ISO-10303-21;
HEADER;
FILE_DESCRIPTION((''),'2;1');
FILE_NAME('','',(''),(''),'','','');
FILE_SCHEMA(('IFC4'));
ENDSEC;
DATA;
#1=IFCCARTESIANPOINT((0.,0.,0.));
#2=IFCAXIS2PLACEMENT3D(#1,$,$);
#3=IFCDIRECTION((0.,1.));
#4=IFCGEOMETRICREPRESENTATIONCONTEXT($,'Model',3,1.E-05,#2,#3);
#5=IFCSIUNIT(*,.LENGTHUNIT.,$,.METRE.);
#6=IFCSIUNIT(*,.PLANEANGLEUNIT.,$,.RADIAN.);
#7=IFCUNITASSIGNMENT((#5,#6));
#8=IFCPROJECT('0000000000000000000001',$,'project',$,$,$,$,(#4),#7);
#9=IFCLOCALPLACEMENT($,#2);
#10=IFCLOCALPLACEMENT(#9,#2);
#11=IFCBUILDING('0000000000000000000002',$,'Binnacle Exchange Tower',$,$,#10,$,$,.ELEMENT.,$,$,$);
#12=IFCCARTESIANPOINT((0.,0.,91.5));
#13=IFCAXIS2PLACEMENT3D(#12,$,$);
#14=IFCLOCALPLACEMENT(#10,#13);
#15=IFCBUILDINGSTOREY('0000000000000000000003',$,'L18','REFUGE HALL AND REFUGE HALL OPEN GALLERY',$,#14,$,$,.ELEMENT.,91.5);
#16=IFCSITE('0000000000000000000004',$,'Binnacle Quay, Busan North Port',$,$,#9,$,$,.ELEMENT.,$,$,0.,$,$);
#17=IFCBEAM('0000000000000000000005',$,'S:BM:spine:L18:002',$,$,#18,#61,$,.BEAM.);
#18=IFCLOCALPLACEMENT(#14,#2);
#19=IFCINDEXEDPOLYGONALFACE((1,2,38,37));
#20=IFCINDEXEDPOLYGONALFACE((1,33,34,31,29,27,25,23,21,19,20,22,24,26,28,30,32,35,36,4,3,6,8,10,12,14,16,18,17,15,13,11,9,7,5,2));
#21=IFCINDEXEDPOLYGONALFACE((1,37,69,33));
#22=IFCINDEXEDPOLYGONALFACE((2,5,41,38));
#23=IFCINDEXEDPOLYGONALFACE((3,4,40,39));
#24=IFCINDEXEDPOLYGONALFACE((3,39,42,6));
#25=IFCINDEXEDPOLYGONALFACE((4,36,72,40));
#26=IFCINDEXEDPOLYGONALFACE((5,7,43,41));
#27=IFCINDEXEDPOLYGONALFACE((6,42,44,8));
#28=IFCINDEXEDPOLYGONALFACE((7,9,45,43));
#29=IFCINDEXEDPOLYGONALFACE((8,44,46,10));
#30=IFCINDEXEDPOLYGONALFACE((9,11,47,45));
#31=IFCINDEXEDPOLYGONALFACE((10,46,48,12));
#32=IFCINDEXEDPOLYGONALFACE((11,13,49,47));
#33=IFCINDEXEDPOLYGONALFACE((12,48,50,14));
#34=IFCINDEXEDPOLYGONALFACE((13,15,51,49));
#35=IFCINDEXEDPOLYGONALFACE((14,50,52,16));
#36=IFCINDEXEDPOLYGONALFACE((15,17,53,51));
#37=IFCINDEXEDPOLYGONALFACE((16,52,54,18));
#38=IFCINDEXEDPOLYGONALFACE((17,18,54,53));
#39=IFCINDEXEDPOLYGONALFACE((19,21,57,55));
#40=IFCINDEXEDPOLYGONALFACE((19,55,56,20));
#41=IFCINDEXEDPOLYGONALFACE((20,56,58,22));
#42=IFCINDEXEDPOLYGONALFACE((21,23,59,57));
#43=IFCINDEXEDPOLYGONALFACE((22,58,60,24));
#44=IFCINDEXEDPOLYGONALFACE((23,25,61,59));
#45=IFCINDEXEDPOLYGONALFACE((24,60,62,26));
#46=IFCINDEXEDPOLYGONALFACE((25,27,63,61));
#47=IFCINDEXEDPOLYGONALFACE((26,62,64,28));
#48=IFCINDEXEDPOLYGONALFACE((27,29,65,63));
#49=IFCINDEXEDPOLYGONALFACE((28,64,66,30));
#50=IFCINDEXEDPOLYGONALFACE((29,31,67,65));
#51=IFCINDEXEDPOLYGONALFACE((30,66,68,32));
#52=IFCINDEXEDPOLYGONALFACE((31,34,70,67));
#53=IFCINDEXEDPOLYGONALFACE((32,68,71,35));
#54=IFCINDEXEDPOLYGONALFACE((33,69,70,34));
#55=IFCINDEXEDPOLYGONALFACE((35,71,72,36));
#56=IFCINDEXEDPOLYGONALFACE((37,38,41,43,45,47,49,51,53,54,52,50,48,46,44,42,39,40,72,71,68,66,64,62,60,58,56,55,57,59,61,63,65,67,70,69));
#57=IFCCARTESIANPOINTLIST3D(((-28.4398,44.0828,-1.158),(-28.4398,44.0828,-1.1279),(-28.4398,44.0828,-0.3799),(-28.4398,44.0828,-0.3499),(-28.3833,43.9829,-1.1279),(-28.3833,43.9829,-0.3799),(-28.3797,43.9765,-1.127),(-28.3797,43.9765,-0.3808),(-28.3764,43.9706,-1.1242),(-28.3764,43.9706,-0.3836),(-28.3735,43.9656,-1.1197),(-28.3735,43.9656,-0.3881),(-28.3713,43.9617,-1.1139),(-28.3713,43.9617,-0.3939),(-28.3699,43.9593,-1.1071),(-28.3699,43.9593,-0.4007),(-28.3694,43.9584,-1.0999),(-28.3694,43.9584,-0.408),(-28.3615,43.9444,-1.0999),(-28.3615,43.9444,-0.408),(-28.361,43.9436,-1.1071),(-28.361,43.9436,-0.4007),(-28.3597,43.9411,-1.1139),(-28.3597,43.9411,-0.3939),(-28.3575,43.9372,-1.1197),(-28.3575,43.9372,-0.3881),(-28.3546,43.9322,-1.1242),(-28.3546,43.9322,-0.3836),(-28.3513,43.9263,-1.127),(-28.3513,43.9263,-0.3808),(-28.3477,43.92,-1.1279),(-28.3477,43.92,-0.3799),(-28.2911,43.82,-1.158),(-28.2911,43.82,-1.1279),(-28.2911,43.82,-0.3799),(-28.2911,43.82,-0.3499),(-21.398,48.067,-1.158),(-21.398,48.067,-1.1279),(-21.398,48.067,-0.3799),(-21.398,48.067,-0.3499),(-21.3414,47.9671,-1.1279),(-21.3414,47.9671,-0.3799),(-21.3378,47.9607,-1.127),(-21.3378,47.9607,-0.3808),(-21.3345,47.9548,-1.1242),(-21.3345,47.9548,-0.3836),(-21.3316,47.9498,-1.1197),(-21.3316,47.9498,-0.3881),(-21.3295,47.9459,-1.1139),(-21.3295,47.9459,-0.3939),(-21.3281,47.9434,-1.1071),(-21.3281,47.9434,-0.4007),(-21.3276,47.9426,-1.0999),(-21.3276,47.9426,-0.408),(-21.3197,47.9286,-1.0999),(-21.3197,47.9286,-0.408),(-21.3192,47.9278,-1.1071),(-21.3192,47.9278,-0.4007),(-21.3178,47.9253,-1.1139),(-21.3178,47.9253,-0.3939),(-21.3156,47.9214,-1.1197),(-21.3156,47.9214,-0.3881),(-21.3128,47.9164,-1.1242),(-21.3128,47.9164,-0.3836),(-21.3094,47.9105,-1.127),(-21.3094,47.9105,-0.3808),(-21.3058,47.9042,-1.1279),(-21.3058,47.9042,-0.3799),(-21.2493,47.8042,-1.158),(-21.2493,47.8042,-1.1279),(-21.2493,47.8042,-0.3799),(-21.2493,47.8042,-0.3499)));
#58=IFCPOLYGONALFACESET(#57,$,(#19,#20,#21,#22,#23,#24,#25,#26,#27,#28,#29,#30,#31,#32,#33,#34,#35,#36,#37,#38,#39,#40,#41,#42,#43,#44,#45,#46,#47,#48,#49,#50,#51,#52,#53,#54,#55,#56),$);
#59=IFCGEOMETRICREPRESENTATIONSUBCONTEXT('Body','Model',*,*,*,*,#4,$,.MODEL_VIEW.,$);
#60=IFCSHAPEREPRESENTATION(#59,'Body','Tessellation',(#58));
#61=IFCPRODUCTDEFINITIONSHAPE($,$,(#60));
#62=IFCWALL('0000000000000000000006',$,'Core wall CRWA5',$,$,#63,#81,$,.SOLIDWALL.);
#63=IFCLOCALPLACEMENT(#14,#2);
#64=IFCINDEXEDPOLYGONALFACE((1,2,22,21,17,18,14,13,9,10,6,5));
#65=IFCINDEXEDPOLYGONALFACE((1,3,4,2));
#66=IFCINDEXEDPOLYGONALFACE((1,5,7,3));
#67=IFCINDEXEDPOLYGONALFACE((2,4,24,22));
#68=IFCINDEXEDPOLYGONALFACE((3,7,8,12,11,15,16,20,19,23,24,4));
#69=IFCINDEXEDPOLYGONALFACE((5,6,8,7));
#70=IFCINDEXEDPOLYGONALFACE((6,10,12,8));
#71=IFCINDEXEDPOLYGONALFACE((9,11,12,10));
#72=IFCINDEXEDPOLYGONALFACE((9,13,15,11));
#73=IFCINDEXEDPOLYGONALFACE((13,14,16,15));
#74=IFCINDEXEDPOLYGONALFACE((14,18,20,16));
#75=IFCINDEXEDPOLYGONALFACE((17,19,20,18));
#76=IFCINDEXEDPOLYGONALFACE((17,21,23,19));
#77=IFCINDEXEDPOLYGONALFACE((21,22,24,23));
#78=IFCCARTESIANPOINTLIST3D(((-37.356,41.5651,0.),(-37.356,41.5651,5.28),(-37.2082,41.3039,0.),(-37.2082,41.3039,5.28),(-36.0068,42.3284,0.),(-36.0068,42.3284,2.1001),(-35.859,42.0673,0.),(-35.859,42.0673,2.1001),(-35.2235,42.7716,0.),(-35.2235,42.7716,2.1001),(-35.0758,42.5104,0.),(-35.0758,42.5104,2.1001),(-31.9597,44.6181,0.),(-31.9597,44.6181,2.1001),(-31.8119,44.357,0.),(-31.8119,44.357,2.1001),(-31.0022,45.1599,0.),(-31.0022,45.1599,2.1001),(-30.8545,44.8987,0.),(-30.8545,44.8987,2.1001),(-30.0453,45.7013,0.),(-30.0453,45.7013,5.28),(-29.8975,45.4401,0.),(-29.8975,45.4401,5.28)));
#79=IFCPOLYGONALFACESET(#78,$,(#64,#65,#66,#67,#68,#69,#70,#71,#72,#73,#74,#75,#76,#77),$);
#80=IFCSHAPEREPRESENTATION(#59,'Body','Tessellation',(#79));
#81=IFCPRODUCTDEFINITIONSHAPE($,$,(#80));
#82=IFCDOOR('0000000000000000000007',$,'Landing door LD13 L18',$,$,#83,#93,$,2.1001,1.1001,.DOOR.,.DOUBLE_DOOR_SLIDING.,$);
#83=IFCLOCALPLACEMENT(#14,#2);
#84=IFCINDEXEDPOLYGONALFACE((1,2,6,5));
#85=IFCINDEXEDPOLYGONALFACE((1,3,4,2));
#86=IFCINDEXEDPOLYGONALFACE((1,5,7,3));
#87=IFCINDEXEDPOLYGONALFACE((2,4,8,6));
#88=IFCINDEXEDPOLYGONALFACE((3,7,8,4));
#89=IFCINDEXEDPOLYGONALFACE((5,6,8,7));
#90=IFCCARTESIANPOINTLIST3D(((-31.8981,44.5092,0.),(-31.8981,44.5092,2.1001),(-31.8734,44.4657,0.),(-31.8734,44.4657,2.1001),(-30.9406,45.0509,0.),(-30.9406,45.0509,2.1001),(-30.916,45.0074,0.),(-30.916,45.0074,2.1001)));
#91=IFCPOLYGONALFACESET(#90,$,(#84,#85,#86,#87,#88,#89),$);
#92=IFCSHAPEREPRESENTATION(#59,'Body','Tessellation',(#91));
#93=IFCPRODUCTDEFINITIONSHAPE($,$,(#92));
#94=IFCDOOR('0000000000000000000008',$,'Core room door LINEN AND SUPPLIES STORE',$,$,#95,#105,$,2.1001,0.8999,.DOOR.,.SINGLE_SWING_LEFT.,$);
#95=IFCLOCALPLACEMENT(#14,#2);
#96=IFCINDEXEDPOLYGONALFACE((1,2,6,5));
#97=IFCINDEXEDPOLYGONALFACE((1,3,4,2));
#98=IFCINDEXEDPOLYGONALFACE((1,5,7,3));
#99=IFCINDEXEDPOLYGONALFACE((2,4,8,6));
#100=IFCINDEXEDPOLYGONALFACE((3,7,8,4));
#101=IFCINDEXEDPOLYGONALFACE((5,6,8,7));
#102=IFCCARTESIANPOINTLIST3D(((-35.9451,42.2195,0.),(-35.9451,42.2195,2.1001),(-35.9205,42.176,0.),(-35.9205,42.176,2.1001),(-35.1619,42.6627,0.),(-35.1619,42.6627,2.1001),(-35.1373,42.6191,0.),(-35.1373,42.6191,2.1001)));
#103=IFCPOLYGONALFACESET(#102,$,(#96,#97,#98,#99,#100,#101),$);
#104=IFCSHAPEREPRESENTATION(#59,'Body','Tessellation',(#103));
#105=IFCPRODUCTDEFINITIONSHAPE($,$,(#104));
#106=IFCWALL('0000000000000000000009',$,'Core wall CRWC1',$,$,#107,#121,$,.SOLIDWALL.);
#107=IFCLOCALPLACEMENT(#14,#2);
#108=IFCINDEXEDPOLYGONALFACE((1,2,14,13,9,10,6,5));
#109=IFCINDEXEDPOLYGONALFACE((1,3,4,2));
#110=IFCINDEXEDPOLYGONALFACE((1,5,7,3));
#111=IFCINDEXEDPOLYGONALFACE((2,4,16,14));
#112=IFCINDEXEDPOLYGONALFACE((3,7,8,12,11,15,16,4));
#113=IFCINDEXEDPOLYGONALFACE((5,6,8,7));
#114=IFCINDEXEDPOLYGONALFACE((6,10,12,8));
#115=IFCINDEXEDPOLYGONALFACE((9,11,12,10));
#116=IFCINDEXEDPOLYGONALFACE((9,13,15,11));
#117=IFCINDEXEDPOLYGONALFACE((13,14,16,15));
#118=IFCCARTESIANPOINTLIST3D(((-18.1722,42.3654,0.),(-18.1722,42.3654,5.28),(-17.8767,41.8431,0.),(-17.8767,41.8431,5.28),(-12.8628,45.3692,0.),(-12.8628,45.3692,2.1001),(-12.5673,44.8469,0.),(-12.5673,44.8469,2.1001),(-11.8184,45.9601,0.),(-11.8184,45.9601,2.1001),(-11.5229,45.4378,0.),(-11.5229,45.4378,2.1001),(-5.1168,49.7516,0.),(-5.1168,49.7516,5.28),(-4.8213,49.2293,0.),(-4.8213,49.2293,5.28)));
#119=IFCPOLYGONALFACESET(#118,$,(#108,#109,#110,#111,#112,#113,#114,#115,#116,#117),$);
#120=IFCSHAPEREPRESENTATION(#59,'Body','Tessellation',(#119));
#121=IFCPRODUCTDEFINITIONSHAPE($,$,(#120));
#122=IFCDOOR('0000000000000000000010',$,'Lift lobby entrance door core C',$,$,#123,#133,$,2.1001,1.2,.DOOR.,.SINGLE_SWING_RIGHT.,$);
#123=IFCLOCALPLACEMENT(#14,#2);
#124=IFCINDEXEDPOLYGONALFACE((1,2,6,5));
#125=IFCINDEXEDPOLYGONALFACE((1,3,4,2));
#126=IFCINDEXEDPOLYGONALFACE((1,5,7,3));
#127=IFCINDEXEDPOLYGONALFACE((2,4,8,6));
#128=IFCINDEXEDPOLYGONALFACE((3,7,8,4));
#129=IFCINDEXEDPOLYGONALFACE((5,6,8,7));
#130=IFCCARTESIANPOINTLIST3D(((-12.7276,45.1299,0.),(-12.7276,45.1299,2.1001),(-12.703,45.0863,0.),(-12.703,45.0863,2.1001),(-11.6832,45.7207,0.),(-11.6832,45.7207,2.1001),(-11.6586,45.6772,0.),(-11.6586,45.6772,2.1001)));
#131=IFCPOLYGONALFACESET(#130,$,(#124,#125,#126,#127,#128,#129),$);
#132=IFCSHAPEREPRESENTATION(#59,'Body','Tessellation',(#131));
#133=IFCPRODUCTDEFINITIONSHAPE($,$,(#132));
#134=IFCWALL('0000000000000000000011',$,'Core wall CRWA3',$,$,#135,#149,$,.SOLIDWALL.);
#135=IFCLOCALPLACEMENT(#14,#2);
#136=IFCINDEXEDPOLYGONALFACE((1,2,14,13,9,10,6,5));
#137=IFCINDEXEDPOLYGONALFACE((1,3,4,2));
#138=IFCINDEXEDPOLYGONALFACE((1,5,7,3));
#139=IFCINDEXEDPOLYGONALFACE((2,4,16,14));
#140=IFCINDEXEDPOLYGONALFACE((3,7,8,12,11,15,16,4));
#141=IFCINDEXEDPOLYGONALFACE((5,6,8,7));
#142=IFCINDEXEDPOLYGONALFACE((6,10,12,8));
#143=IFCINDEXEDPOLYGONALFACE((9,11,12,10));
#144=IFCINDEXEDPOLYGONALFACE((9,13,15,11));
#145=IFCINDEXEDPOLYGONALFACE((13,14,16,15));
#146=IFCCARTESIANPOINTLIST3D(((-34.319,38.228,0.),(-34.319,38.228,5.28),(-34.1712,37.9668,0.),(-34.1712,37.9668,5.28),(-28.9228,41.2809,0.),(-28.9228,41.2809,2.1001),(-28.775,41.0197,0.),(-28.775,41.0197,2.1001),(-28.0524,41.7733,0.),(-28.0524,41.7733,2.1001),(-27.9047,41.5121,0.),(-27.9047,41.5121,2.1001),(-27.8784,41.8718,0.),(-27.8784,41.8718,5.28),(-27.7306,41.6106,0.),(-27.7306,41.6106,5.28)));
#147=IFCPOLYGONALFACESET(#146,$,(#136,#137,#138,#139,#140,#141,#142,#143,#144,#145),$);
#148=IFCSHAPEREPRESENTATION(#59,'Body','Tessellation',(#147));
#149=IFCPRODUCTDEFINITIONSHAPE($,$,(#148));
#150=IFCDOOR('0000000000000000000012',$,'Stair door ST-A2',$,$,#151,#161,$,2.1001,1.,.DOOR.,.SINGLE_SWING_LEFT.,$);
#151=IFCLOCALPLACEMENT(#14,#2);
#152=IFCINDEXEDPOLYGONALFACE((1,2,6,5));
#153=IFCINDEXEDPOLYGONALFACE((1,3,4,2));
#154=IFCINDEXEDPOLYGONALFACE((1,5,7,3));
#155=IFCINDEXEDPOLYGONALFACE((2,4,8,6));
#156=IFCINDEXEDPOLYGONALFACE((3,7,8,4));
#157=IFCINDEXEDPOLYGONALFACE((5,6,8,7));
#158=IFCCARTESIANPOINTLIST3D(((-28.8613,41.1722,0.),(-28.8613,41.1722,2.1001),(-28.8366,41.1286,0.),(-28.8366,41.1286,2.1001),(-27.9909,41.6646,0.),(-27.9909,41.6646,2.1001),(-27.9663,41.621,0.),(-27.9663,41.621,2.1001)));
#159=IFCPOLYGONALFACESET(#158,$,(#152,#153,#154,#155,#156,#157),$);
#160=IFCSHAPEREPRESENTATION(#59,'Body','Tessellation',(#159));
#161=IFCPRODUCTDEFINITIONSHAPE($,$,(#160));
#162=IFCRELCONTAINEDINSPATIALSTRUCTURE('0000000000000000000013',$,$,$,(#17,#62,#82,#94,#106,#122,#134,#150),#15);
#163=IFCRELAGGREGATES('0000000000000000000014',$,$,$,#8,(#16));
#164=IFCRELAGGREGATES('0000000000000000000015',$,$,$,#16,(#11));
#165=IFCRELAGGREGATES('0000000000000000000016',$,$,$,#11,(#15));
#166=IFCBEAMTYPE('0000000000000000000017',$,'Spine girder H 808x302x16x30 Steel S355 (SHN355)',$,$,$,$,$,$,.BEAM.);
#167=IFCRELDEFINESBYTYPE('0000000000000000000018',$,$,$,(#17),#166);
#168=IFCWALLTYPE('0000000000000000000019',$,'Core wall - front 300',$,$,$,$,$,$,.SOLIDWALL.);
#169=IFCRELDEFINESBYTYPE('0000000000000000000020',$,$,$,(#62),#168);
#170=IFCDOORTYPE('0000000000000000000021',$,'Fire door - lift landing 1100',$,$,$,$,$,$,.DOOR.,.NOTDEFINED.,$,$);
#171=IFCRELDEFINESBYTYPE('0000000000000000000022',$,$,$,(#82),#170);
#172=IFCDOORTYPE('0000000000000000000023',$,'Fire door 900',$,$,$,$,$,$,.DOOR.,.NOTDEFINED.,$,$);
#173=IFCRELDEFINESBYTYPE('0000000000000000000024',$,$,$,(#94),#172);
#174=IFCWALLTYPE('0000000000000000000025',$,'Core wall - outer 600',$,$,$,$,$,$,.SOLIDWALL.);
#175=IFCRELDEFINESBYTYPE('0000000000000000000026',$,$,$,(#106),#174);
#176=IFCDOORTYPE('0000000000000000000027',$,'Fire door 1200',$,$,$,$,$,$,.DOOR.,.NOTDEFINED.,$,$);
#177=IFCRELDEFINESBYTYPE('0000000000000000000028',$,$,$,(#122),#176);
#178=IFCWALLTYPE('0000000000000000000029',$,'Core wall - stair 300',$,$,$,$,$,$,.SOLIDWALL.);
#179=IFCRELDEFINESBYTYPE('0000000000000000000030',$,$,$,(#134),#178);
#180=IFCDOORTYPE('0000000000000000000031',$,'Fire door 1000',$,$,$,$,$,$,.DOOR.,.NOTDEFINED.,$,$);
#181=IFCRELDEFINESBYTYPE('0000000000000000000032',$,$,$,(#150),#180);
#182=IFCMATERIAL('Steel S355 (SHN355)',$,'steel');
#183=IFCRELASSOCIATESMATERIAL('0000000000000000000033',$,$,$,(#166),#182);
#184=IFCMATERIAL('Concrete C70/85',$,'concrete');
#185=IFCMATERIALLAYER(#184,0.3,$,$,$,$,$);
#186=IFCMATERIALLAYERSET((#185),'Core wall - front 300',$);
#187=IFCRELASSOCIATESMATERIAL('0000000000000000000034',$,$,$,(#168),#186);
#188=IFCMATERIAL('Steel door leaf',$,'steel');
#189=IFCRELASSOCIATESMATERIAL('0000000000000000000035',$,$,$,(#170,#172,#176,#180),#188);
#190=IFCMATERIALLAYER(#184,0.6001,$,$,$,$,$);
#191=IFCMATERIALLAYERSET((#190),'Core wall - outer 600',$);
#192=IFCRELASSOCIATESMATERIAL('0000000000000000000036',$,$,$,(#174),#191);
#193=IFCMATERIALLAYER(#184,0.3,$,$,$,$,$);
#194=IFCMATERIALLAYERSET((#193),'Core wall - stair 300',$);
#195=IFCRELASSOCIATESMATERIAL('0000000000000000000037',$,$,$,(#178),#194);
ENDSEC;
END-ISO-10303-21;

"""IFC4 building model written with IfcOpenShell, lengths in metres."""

from ifc_helpers import new_model, si_unit, direction, frame, frame_2d, origin, origin_2d, place, context, subcontext, project, spatial, rectangle, i_section, extrude, material, layer, layer_set, material_profile, profile_set, type_object, element, fill, save


model = new_model("IFC4")

# Units and contexts
model_context = context("Model", 3, precision=1e-05, world=origin(), true_north=direction((0.0, 1.0)))
body_context = subcontext(model_context, "Body", "Model", "MODEL_VIEW")
ifc_project = project(units=[si_unit("LENGTHUNIT", "METRE"), si_unit("PLANEANGLEUNIT", "RADIAN")], contexts=[model_context])

# Site, building, storey
site_placement = place(None, origin())
site = spatial("IfcSite", under=ifc_project, at=site_placement, Name="Binnacle Quay, Busan North Port", CompositionType="ELEMENT", RefElevation=0.0)
building_placement = place(site_placement, origin())
building = spatial("IfcBuilding", under=site, at=building_placement, Name="Binnacle Exchange Tower", CompositionType="ELEMENT")
storey_placement = place(building_placement, frame((0.0, 0.0, 91.5)))
storey = spatial("IfcBuildingStorey", under=building, at=storey_placement, Name="L18", Description="REFUGE HALL AND REFUGE HALL OPEN GALLERY", CompositionType="ELEMENT", Elevation=91.5)

# Shared definitions
ifc_material_1 = material(Name="Concrete C70/85", Category="concrete")

# Beam
ifc_material_2 = material(Name="Steel S355 (SHN355)", Category="steel")
ifc_material_profile_1 = material_profile(ifc_material_2, i_section(OverallWidth=0.302, OverallDepth=0.8081, WebThickness=0.0161, FlangeThickness=0.03, FilletRadius=0.0281, at=origin_2d()), Name="H 808x302x16x30")
ifc_profile_set_1 = profile_set([ifc_material_profile_1], Name="Steel S355 (SHN355)")
beam_type_1 = type_object("IfcBeamType", Name="Spine girder H 808x302x16x30 Steel S355 (SHN355)", PredefinedType="BEAM", material=ifc_profile_set_1)
beam_1_placement = place(storey_placement, frame((-28.3655, 43.9514, -0.7539), z_axis=(0.87035, 0.492433, 0.0), x_axis=(-0.492433, 0.87035, 0.0)))
element("IfcBeam", 1, at=beam_1_placement, inside=storey, type_object=beam_type_1, Name="S:BM:spine:L18:002", PredefinedType="BEAM", context=body_context, shape_type="SweptSolid", body=[
    extrude(i_section(OverallWidth=0.302, OverallDepth=0.8081, WebThickness=0.0161, FlangeThickness=0.03, FilletRadius=0.0281, at=origin_2d()), origin(), (0.0, 0.0, 1.0), 8.0908),
])

# Wall, openings, doors
ifc_layer_1 = layer(ifc_material_1, 0.3)
ifc_layer_set_1 = layer_set([ifc_layer_1], Name="Core wall - front 300")
wall_type_1 = type_object("IfcWallType", Name="Core wall - front 300", PredefinedType="SOLIDWALL", material=ifc_layer_set_1)
wall_1_placement = place(storey_placement, frame((-37.282, 41.4346, 0.0), z_axis=(0.0, 0.0, 1.0), x_axis=(0.870357, 0.492422, 0.0)))
wall_1 = element("IfcWall", 2, at=wall_1_placement, inside=storey, type_object=wall_type_1, Name="Core wall CRWA5", PredefinedType="SOLIDWALL", context=body_context, shape_type="SweptSolid", body=[
    extrude(rectangle(XDim=8.3997, YDim=0.3, at=frame_2d((4.1997, 0.0))), origin(), (0.0, 0.0, 1.0), 5.28),
])
opening_1_placement = place(wall_1_placement, frame((6.2, 0.0, 0.0)))
opening_1 = element("IfcOpeningElement", 3, at=opening_1_placement, cuts=wall_1, PredefinedType="OPENING", context=body_context, shape_type="SweptSolid", body=[
    extrude(rectangle(XDim=1.1001, YDim=2.1001, at=frame_2d((0.55, 1.05))), frame((0.0, 0.1599, 0.0), z_axis=(0.0, -1.0, 0.0), x_axis=(1.0, 0.0, 0.0)), (0.0, 0.0, 1.0), 0.3201),
])
opening_2_placement = place(wall_1_placement, frame((1.55, 0.0, 0.0)))
opening_2 = element("IfcOpeningElement", 4, at=opening_2_placement, cuts=wall_1, PredefinedType="OPENING", context=body_context, shape_type="SweptSolid", body=[
    extrude(rectangle(XDim=0.8999, YDim=2.1001, at=frame_2d((0.45, 1.05))), frame((0.0, 0.1599, 0.0), z_axis=(0.0, -1.0, 0.0), x_axis=(1.0, 0.0, 0.0)), (0.0, 0.0, 1.0), 0.3201),
])
ifc_material_3 = material(Name="Steel door leaf", Category="steel")
door_type_1 = type_object("IfcDoorType", Name="Fire door - lift landing 1100", OperationType="NOTDEFINED", PredefinedType="DOOR", material=ifc_material_3)
door_1_placement = place(opening_1_placement, origin())
door_1 = element("IfcDoor", 5, at=door_1_placement, inside=storey, type_object=door_type_1, Name="Landing door LD13 L18", OperationType="DOUBLE_DOOR_SLIDING", OverallHeight=2.1001, OverallWidth=1.1001, PredefinedType="DOOR", context=body_context, shape_type="SweptSolid", body=[
    extrude(rectangle(XDim=1.1001, YDim=2.1001, at=frame_2d((0.55, 1.05))), frame((0.0, 0.0249, 0.0), z_axis=(0.0, -1.0, 0.0), x_axis=(1.0, 0.0, 0.0)), (0.0, 0.0, 1.0), 0.05),
])
fill(opening_1, door_1)
door_type_2 = type_object("IfcDoorType", Name="Fire door 900", OperationType="NOTDEFINED", PredefinedType="DOOR", material=ifc_material_3)
door_2_placement = place(opening_2_placement, origin())
door_2 = element("IfcDoor", 6, at=door_2_placement, inside=storey, type_object=door_type_2, Name="Core room door LINEN AND SUPPLIES STORE", OperationType="SINGLE_SWING_LEFT", OverallHeight=2.1001, OverallWidth=0.8999, PredefinedType="DOOR", context=body_context, shape_type="SweptSolid", body=[
    extrude(rectangle(XDim=0.8999, YDim=2.1001, at=frame_2d((0.45, 1.05))), frame((0.0, 0.0249, 0.0), z_axis=(0.0, -1.0, 0.0), x_axis=(1.0, 0.0, 0.0)), (0.0, 0.0, 1.0), 0.05),
])
fill(opening_2, door_2)

# Walls, openings, doors
ifc_layer_2 = layer(ifc_material_1, 0.6001)
ifc_layer_set_2 = layer_set([ifc_layer_2], Name="Core wall - outer 600")
wall_type_2 = type_object("IfcWallType", Name="Core wall - outer 600", PredefinedType="SOLIDWALL", material=ifc_layer_set_2)
wall_2_placement = place(storey_placement, frame((-18.0244, 42.1042, 0.0), z_axis=(0.0, 0.0, 1.0), x_axis=(0.870361, 0.492415, 0.0)))
wall_2 = element("IfcWall", 7, at=wall_2_placement, inside=storey, type_object=wall_type_2, Name="Core wall CRWC1", PredefinedType="SOLIDWALL", context=body_context, shape_type="SweptSolid", body=[
    extrude(rectangle(XDim=15.0, YDim=0.6001, at=frame_2d((7.5, 0.0))), origin(), (0.0, 0.0, 1.0), 5.28),
])
opening_3_placement = place(wall_2_placement, frame((6.1001, 0.0, 0.0)))
opening_3 = element("IfcOpeningElement", 8, at=opening_3_placement, cuts=wall_2, PredefinedType="OPENING", context=body_context, shape_type="SweptSolid", body=[
    extrude(rectangle(XDim=1.2, YDim=2.1001, at=frame_2d((0.6001, 1.05))), frame((0.0, 0.3101, 0.0), z_axis=(0.0, -1.0, 0.0), x_axis=(1.0, 0.0, 0.0)), (0.0, 0.0, 1.0), 0.6201),
])
door_type_3 = type_object("IfcDoorType", Name="Fire door 1200", OperationType="NOTDEFINED", PredefinedType="DOOR", material=ifc_material_3)
door_3_placement = place(opening_3_placement, frame((1.2, 0.0, 0.0), z_axis=(0.0, 0.0, 1.0), x_axis=(-1.0, 0.0, 0.0)))
door_3 = element("IfcDoor", 9, at=door_3_placement, inside=storey, type_object=door_type_3, Name="Lift lobby entrance door core C", OperationType="SINGLE_SWING_RIGHT", OverallHeight=2.1001, OverallWidth=1.2, PredefinedType="DOOR", context=body_context, shape_type="SweptSolid", body=[
    extrude(rectangle(XDim=1.2, YDim=2.1001, at=frame_2d((0.6001, 1.05))), frame((0.0, 0.0249, 0.0), z_axis=(0.0, -1.0, 0.0), x_axis=(1.0, 0.0, 0.0)), (0.0, 0.0, 1.0), 0.05),
])
fill(opening_3, door_3)
ifc_layer_3 = layer(ifc_material_1, 0.3)
ifc_layer_set_3 = layer_set([ifc_layer_3], Name="Core wall - stair 300")
wall_type_3 = type_object("IfcWallType", Name="Core wall - stair 300", PredefinedType="SOLIDWALL", material=ifc_layer_set_3)
wall_3_placement = place(storey_placement, frame((-34.2451, 38.0974, 0.0), z_axis=(0.0, 0.0, 1.0), x_axis=(0.870365, 0.492407, 0.0)))
wall_3 = element("IfcWall", 10, at=wall_3_placement, inside=storey, type_object=wall_type_3, Name="Core wall CRWA3", PredefinedType="SOLIDWALL", context=body_context, shape_type="SweptSolid", body=[
    extrude(rectangle(XDim=7.3999, YDim=0.3, at=frame_2d((3.7, 0.0))), origin(), (0.0, 0.0, 1.0), 5.28),
])
opening_4_placement = place(wall_3_placement, frame((6.2, 0.0, 0.0)))
opening_4 = element("IfcOpeningElement", 11, at=opening_4_placement, cuts=wall_3, PredefinedType="OPENING", context=body_context, shape_type="SweptSolid", body=[
    extrude(rectangle(XDim=1.0, YDim=2.1001, at=frame_2d((0.5, 1.05))), frame((0.0, 0.1599, 0.0), z_axis=(0.0, -1.0, 0.0), x_axis=(1.0, 0.0, 0.0)), (0.0, 0.0, 1.0), 0.3201),
])
door_type_4 = type_object("IfcDoorType", Name="Fire door 1000", OperationType="NOTDEFINED", PredefinedType="DOOR", material=ifc_material_3)
door_4_placement = place(opening_4_placement, frame((1.0, 0.0, 0.0), z_axis=(0.0, 0.0, 1.0), x_axis=(-1.0, 0.0, 0.0)))
door_4 = element("IfcDoor", 12, at=door_4_placement, inside=storey, type_object=door_type_4, Name="Stair door ST-A2", OperationType="SINGLE_SWING_LEFT", OverallHeight=2.1001, OverallWidth=1.0, PredefinedType="DOOR", context=body_context, shape_type="SweptSolid", body=[
    extrude(rectangle(XDim=1.0, YDim=2.1001, at=frame_2d((0.5, 1.05))), frame((0.0, 0.0249, 0.0), z_axis=(0.0, -1.0, 0.0), x_axis=(1.0, 0.0, 0.0)), (0.0, 0.0, 1.0), 0.05),
])
fill(opening_4, door_4)

save(model, "model.ifc")
